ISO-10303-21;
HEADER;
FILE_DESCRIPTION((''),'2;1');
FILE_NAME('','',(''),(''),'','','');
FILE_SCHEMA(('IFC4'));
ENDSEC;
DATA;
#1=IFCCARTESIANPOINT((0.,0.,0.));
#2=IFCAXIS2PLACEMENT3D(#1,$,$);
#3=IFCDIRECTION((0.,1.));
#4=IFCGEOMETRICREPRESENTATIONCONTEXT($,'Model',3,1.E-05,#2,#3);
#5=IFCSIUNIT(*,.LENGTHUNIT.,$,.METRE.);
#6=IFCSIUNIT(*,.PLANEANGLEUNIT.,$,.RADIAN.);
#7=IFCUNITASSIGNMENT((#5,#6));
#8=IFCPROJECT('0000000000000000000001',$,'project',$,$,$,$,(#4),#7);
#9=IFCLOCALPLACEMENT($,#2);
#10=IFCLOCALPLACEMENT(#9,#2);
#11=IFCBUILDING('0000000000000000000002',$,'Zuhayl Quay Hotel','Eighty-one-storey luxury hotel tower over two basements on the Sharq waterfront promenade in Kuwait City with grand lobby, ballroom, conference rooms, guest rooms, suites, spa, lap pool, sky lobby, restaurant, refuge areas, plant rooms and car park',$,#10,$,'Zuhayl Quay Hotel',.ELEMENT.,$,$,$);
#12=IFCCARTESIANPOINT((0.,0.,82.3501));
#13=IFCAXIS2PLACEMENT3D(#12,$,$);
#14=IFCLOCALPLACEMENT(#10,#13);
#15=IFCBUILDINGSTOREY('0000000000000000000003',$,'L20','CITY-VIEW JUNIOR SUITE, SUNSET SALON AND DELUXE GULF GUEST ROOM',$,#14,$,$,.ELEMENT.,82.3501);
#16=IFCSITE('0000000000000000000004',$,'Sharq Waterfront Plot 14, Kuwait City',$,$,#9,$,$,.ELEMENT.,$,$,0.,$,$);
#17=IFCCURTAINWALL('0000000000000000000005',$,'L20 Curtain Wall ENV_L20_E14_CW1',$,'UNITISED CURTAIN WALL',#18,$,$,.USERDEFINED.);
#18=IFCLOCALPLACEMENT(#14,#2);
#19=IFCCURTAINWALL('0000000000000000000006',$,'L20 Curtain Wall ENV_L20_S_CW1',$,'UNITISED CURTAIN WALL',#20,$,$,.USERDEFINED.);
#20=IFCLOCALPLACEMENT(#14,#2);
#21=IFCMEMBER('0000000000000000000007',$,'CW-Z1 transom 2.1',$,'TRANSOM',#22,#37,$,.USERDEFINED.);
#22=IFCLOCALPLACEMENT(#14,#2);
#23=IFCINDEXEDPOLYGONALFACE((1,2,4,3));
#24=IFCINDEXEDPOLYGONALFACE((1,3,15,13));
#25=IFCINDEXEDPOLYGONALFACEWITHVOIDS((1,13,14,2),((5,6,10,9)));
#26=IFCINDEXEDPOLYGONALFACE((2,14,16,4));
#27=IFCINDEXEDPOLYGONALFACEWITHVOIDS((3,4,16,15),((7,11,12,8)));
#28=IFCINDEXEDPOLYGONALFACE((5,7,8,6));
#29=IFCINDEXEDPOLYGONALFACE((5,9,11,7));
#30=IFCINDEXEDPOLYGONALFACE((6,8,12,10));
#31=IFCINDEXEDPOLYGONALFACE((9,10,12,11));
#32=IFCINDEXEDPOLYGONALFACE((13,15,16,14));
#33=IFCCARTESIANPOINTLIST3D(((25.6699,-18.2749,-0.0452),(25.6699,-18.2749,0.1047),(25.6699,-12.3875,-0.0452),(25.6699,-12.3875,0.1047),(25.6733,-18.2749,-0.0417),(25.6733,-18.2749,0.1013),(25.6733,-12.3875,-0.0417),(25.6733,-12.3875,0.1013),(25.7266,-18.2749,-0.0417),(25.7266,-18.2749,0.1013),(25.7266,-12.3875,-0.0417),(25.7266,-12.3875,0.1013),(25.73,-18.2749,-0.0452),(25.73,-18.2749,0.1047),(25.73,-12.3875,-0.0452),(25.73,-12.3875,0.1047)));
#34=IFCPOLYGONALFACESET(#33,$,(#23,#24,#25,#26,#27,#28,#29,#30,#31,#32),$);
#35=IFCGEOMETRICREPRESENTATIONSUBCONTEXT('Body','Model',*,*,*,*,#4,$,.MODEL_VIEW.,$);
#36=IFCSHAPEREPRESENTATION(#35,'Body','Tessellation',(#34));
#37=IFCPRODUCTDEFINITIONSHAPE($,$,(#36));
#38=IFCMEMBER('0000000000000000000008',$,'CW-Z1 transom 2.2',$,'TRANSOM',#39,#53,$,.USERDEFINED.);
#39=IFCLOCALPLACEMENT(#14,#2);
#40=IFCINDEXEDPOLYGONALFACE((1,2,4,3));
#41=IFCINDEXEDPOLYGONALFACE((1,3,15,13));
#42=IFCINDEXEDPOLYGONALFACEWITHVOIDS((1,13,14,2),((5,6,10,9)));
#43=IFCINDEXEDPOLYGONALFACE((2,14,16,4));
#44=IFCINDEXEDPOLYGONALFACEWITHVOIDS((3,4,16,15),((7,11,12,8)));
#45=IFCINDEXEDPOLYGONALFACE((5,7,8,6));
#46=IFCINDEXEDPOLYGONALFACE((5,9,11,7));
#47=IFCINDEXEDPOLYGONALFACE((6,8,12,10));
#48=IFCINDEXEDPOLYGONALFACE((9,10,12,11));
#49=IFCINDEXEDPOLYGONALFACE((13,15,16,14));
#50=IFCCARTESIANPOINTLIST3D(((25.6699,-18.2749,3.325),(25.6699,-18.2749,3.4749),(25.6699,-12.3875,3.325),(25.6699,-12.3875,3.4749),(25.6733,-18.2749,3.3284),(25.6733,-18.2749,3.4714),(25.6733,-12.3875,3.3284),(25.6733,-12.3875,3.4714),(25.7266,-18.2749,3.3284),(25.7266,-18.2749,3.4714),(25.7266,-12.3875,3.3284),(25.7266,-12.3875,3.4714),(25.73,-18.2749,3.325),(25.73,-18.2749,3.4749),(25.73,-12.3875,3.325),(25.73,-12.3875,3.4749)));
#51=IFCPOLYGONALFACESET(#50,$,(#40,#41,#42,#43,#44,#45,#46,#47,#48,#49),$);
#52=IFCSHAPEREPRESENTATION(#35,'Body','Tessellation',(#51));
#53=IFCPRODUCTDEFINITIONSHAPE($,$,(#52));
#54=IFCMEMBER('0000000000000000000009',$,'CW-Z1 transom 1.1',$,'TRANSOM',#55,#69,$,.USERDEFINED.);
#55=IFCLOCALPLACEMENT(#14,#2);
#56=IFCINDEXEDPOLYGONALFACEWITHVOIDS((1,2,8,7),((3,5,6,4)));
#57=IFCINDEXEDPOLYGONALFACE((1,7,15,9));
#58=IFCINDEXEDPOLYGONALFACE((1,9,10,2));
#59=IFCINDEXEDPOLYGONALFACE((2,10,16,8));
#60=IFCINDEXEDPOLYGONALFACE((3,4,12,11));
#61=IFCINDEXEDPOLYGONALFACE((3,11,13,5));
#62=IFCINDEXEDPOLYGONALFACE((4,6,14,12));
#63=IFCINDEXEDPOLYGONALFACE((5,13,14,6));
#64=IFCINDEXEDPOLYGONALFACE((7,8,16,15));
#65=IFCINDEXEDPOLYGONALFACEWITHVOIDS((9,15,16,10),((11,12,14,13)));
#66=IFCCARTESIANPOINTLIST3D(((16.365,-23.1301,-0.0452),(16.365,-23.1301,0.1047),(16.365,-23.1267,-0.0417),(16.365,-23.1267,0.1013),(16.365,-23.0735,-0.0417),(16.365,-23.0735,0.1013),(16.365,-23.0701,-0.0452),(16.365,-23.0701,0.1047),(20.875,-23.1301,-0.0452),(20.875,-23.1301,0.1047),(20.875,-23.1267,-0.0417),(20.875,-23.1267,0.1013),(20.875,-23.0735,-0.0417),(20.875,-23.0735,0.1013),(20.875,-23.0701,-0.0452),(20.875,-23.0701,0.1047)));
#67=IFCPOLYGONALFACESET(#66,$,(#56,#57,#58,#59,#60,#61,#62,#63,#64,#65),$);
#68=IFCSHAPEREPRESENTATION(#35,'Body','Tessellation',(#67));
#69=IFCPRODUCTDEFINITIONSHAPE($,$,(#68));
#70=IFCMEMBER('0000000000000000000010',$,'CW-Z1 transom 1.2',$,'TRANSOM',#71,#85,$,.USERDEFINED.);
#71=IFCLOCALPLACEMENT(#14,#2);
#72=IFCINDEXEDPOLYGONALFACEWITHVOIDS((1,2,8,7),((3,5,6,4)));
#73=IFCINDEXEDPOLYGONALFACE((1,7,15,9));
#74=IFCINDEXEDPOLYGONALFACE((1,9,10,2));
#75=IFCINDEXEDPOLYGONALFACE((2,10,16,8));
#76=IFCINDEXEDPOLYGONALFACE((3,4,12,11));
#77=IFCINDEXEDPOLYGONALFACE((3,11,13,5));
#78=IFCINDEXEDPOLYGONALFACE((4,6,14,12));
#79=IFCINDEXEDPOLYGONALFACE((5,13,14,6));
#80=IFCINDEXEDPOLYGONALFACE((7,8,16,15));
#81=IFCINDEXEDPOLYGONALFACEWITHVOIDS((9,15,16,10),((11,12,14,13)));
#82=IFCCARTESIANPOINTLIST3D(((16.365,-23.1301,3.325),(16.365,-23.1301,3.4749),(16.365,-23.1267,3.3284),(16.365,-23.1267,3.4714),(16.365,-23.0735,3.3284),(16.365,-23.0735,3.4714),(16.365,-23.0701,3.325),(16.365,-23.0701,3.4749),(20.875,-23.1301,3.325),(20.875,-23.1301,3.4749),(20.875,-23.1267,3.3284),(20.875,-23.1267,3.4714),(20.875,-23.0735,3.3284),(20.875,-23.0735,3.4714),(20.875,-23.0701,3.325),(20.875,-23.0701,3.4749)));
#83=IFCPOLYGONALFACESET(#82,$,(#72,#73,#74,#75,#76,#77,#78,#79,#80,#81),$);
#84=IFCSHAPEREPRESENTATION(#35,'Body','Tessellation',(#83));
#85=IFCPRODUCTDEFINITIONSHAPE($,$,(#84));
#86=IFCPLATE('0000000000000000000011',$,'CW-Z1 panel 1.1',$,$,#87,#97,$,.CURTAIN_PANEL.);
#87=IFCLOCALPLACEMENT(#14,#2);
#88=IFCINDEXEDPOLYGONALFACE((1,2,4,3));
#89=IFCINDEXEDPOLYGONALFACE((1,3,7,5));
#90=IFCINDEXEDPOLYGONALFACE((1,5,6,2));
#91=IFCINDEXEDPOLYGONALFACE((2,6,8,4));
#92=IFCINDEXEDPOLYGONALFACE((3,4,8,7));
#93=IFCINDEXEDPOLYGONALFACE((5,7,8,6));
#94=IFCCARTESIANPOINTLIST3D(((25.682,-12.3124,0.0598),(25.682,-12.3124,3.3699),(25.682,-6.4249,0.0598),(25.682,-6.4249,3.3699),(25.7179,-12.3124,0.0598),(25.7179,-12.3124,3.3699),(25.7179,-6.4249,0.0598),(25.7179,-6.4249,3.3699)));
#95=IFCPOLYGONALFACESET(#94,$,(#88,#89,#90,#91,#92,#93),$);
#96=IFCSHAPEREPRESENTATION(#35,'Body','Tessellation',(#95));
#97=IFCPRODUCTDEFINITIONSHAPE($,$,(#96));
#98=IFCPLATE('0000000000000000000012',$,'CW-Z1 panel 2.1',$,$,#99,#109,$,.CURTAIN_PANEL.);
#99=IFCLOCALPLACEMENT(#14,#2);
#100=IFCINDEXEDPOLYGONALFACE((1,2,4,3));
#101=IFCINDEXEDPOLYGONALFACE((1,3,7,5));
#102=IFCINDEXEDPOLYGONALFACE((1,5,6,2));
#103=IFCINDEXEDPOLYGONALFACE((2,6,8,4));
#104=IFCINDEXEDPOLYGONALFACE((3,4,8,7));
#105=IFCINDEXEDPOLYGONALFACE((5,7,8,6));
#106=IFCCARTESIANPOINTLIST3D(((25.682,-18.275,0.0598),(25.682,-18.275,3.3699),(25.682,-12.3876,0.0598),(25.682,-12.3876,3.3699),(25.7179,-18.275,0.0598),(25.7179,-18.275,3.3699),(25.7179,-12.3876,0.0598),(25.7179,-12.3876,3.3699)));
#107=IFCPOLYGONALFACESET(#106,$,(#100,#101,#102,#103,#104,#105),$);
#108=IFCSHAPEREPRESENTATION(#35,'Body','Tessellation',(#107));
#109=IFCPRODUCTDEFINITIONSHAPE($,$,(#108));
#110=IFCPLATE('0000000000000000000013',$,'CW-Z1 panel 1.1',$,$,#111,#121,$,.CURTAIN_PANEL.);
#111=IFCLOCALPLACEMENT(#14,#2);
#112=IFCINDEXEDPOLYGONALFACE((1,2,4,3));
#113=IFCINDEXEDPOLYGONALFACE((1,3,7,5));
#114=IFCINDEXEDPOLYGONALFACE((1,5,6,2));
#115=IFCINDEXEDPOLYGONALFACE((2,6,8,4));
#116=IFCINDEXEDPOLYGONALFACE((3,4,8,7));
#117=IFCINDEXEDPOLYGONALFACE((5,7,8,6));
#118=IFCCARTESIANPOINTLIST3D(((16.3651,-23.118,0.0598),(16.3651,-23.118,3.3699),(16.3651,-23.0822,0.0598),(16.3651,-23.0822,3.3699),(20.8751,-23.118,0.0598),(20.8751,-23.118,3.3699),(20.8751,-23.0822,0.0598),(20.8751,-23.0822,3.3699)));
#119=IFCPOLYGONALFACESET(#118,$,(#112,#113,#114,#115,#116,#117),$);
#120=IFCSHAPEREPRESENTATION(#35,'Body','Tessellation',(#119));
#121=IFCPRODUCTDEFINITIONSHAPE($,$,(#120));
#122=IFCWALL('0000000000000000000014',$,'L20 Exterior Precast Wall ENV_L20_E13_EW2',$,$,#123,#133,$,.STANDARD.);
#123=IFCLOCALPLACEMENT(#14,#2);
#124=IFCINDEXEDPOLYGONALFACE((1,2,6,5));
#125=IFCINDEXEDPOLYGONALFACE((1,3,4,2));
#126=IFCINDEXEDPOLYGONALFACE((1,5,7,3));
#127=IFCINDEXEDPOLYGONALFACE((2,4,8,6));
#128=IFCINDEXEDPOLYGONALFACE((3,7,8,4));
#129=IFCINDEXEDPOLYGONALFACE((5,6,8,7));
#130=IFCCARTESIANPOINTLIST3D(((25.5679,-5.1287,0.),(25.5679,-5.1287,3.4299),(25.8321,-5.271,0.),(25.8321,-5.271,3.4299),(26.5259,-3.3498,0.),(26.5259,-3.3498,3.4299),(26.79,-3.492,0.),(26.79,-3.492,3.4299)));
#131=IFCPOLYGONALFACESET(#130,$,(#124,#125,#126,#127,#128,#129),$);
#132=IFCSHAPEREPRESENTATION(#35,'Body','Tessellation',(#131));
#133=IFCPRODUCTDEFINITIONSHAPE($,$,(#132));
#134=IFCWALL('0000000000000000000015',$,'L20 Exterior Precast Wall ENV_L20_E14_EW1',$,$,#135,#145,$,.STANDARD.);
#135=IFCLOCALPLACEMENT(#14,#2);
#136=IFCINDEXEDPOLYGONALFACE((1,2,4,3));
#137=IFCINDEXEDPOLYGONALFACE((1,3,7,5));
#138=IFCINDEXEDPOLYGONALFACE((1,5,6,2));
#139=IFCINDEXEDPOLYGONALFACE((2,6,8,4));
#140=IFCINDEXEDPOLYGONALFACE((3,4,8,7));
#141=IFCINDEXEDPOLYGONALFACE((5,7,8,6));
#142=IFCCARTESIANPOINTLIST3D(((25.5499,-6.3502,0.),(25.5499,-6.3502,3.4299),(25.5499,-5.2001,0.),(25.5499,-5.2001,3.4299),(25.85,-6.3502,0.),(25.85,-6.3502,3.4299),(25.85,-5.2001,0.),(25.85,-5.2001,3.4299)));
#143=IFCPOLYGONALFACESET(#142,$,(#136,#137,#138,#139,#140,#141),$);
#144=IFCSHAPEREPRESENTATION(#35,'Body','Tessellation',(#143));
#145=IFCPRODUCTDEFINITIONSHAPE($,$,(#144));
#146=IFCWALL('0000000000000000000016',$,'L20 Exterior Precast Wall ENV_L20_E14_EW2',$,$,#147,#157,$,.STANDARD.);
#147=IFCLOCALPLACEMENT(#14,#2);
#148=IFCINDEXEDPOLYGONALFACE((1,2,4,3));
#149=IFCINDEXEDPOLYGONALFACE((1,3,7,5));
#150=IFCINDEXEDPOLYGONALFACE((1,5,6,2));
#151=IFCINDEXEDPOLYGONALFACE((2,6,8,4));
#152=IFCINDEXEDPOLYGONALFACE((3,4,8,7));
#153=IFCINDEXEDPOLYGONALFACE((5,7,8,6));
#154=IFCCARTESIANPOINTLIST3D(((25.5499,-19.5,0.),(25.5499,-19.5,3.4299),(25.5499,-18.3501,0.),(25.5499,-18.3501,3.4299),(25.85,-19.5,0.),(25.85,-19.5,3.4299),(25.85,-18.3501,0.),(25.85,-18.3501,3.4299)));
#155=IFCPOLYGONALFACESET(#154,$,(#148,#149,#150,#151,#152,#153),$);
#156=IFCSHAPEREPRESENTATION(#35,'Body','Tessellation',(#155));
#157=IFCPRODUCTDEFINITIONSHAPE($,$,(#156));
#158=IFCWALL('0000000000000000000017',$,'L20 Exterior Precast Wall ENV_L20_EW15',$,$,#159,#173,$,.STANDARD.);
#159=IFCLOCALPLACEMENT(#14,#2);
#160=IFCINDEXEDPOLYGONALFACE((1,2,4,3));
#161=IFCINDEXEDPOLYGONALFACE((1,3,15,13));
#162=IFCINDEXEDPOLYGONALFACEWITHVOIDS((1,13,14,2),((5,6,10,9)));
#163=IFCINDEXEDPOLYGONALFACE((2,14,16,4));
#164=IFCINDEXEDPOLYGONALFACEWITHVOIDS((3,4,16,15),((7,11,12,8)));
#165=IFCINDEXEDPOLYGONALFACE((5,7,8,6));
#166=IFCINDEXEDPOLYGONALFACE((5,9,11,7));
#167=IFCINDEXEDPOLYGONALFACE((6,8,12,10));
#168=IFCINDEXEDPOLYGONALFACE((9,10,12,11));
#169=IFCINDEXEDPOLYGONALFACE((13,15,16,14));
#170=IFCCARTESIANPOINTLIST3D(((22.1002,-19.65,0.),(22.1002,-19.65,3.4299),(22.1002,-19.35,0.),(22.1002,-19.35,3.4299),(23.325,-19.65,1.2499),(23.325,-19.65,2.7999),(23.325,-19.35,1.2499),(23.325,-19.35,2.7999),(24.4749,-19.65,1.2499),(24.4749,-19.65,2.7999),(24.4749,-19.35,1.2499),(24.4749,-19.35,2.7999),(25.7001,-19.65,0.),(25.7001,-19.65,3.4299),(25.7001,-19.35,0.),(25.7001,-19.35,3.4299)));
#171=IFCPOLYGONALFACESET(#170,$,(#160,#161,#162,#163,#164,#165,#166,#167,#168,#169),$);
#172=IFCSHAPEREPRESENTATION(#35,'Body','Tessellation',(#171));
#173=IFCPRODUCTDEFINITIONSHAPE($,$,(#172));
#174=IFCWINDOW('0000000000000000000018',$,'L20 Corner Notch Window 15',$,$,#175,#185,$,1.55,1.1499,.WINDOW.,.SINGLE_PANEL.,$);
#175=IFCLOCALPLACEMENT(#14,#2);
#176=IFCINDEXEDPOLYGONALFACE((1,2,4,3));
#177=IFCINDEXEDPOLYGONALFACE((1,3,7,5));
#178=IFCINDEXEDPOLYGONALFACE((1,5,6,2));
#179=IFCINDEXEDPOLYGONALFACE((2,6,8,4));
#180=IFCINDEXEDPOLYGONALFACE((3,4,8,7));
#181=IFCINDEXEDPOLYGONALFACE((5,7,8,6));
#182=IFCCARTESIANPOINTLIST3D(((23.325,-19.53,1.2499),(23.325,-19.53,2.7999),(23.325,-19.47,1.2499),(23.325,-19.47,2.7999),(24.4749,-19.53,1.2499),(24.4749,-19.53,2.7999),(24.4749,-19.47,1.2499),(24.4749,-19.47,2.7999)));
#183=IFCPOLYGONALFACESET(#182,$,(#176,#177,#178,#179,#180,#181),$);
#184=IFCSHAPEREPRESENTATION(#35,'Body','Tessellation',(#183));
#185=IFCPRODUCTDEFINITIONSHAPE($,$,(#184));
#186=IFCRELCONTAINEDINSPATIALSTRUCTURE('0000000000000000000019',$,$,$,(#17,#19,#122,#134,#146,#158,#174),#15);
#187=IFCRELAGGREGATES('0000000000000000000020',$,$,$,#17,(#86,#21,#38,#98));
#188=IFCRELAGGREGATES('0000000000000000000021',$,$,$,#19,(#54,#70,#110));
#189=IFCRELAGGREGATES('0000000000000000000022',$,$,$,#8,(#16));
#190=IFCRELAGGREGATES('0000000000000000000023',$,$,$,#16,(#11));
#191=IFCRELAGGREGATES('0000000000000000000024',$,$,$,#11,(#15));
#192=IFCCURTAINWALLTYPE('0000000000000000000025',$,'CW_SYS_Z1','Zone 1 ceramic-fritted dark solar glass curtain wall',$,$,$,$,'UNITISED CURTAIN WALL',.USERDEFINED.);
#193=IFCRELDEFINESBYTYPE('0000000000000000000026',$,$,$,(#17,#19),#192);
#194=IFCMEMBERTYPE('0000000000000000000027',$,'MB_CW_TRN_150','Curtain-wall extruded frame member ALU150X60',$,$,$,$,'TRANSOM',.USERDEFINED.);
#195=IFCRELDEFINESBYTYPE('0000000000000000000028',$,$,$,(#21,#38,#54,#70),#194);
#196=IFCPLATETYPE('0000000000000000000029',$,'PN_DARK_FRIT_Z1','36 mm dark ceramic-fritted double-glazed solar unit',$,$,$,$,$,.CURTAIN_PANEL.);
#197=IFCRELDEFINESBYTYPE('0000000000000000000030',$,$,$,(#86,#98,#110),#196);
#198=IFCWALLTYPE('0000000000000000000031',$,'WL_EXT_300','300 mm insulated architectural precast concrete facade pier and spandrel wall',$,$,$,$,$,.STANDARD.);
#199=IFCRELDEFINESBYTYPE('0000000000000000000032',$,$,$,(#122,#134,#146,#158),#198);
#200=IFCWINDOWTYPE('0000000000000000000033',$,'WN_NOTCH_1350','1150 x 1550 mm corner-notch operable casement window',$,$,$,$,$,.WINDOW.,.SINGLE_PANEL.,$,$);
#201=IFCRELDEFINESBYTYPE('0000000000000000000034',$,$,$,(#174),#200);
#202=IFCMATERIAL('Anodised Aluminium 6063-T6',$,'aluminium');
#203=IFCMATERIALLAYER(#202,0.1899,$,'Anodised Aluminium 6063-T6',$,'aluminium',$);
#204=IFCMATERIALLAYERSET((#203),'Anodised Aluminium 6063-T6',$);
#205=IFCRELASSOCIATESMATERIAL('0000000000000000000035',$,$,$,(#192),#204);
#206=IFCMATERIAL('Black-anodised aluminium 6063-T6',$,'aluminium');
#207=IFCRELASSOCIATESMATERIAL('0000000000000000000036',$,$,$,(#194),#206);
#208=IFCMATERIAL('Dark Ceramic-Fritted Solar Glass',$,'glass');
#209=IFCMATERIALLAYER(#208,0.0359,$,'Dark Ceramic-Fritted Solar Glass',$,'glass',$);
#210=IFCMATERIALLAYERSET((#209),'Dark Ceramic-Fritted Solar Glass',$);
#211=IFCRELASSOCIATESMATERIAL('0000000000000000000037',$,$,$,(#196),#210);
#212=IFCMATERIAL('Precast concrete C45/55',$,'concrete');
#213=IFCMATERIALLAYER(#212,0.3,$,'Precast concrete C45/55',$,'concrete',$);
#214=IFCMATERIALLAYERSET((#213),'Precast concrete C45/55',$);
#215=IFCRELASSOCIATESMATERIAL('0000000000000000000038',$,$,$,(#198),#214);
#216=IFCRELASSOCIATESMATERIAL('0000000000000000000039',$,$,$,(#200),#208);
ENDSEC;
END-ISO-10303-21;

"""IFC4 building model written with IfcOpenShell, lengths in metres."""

from ifc_helpers import new_model, si_unit, direction, frame, frame_2d, origin, origin_2d, place, context, subcontext, project, spatial, rectangle, hollow_rectangle, extrude, material, layer, layer_set, material_profile, profile_set, type_object, element, fill, aggregate, save


model = new_model("IFC4")

# Units and contexts
model_context = context("Model", 3, precision=1e-05, world=origin(), true_north=direction((0.0, 1.0)))
body_context = subcontext(model_context, "Body", "Model", "MODEL_VIEW")
ifc_project = project(units=[si_unit("LENGTHUNIT", "METRE"), si_unit("PLANEANGLEUNIT", "RADIAN")], contexts=[model_context])

# Site, building, storey
site_placement = place(None, origin())
site = spatial("IfcSite", under=ifc_project, at=site_placement, Name="Sharq Waterfront Plot 14, Kuwait City", CompositionType="ELEMENT", RefElevation=0.0)
building_placement = place(site_placement, origin())
building = spatial("IfcBuilding", under=site, at=building_placement, Name="Zuhayl Quay Hotel", Description="Eighty-one-storey luxury hotel tower over two basements on the Sharq waterfront promenade in Kuwait City with grand lobby, ballroom, conference rooms, guest rooms, suites, spa, lap pool, sky lobby, restaurant, refuge areas, plant rooms and car park", LongName="Zuhayl Quay Hotel", CompositionType="ELEMENT")
storey_placement = place(building_placement, frame((0.0, 0.0, 82.3501)))
storey = spatial("IfcBuildingStorey", under=building, at=storey_placement, Name="L20", Description="CITY-VIEW JUNIOR SUITE, SUNSET SALON AND DELUXE GULF GUEST ROOM", CompositionType="ELEMENT", Elevation=82.3501)

# Shared definitions
ifc_material_1 = material(Name="Anodised Aluminium 6063-T6", Category="aluminium")
ifc_layer_1 = layer(ifc_material_1, 0.1899, Name="Anodised Aluminium 6063-T6", Category="aluminium")
ifc_layer_set_1 = layer_set([ifc_layer_1], Name="Anodised Aluminium 6063-T6")
curtain_wall_type = type_object("IfcCurtainWallType", Name="CW_SYS_Z1", Description="Zone 1 ceramic-fritted dark solar glass curtain wall", ElementType="UNITISED CURTAIN WALL", PredefinedType="USERDEFINED", material=ifc_layer_set_1)
ifc_material_2 = material(Name="Black-anodised aluminium 6063-T6", Category="aluminium")

# Curtain walls
curtain_wall_1_placement = place(storey_placement, origin())
curtain_wall_1 = element("IfcCurtainWall", 1, at=curtain_wall_1_placement, inside=storey, type_object=curtain_wall_type, Name="L20 Curtain Wall ENV_L20_E14_CW1", ObjectType="UNITISED CURTAIN WALL", PredefinedType="USERDEFINED")
curtain_wall_2_placement = place(storey_placement, origin())
curtain_wall_2 = element("IfcCurtainWall", 2, at=curtain_wall_2_placement, inside=storey, type_object=curtain_wall_type, Name="L20 Curtain Wall ENV_L20_S_CW1", ObjectType="UNITISED CURTAIN WALL", PredefinedType="USERDEFINED")

# Members
ifc_material_profile_1 = material_profile(ifc_material_2, hollow_rectangle(XDim=0.0601, YDim=0.1499, WallThickness=0.0034, at=origin_2d()), Name="ALU150X60")
ifc_profile_set_1 = profile_set([ifc_material_profile_1], Name="Black-anodised aluminium 6063-T6")
member_type_1 = type_object("IfcMemberType", Name="MB_CW_TRN_150", Description="Curtain-wall extruded frame member ALU150X60", ElementType="TRANSOM", PredefinedType="USERDEFINED", material=ifc_profile_set_1)
member_1_placement = place(storey_placement, frame((25.7, -12.3875, 0.0298), z_axis=(0.0, -1.0, 0.0), x_axis=(1.0, 0.0, 0.0)))
member_1 = element("IfcMember", 3, at=member_1_placement, type_object=member_type_1, Name="CW-Z1 transom 2.1", ObjectType="TRANSOM", PredefinedType="USERDEFINED", context=body_context, shape_type="SweptSolid", body=[
    extrude(hollow_rectangle(XDim=0.0601, YDim=0.1499, WallThickness=0.0034, at=origin_2d()), origin(), (0.0, 0.0, 1.0), 5.8875),
])
member_2_placement = place(storey_placement, frame((25.7, -12.3875, 3.3999), z_axis=(0.0, -1.0, 0.0), x_axis=(1.0, 0.0, 0.0)))
member_2 = element("IfcMember", 4, at=member_2_placement, type_object=member_type_1, Name="CW-Z1 transom 2.2", ObjectType="TRANSOM", PredefinedType="USERDEFINED", context=body_context, shape_type="SweptSolid", body=[
    extrude(hollow_rectangle(XDim=0.0601, YDim=0.1499, WallThickness=0.0034, at=origin_2d()), origin(), (0.0, 0.0, 1.0), 5.8875),
])
member_3_placement = place(storey_placement, frame((20.875, -23.1001, 0.0298), z_axis=(-1.0, 0.0, 0.0), x_axis=(0.0, -1.0, 0.0)))
member_3 = element("IfcMember", 5, at=member_3_placement, type_object=member_type_1, Name="CW-Z1 transom 1.1", ObjectType="TRANSOM", PredefinedType="USERDEFINED", context=body_context, shape_type="SweptSolid", body=[
    extrude(hollow_rectangle(XDim=0.0601, YDim=0.1499, WallThickness=0.0034, at=origin_2d()), origin(), (0.0, 0.0, 1.0), 4.51),
])
member_4_placement = place(storey_placement, frame((20.875, -23.1001, 3.3999), z_axis=(-1.0, 0.0, 0.0), x_axis=(0.0, -1.0, 0.0)))
member_4 = element("IfcMember", 6, at=member_4_placement, type_object=member_type_1, Name="CW-Z1 transom 1.2", ObjectType="TRANSOM", PredefinedType="USERDEFINED", context=body_context, shape_type="SweptSolid", body=[
    extrude(hollow_rectangle(XDim=0.0601, YDim=0.1499, WallThickness=0.0034, at=origin_2d()), origin(), (0.0, 0.0, 1.0), 4.51),
])

# Plates
ifc_material_3 = material(Name="Dark Ceramic-Fritted Solar Glass", Category="glass")
ifc_layer_2 = layer(ifc_material_3, 0.0359, Name="Dark Ceramic-Fritted Solar Glass", Category="glass")
ifc_layer_set_2 = layer_set([ifc_layer_2], Name="Dark Ceramic-Fritted Solar Glass")
plate_type = type_object("IfcPlateType", Name="PN_DARK_FRIT_Z1", Description="36 mm dark ceramic-fritted double-glazed solar unit", PredefinedType="CURTAIN_PANEL", material=ifc_layer_set_2)
plate_1_placement = place(storey_placement, frame((25.7, -9.3687, 0.0598), z_axis=(0.0, 0.0, 1.0), x_axis=(0.0, -1.0, 0.0)))
plate_1 = element("IfcPlate", 7, at=plate_1_placement, type_object=plate_type, Name="CW-Z1 panel 1.1", PredefinedType="CURTAIN_PANEL", context=body_context, shape_type="SweptSolid", body=[
    extrude(rectangle(XDim=5.8875, YDim=0.0359, at=origin_2d()), origin(), (0.0, 0.0, 1.0), 3.3101),
])
plate_2_placement = place(storey_placement, frame((25.7, -15.3313, 0.0598), z_axis=(0.0, 0.0, 1.0), x_axis=(0.0, -1.0, 0.0)))
plate_2 = element("IfcPlate", 8, at=plate_2_placement, type_object=plate_type, Name="CW-Z1 panel 2.1", PredefinedType="CURTAIN_PANEL", context=body_context, shape_type="SweptSolid", body=[
    extrude(rectangle(XDim=5.8875, YDim=0.0359, at=origin_2d()), origin(), (0.0, 0.0, 1.0), 3.3101),
])
aggregate(curtain_wall_1, [plate_1, member_1, member_2, plate_2])
plate_3_placement = place(storey_placement, frame((18.6201, -23.1001, 0.0598), z_axis=(0.0, 0.0, 1.0), x_axis=(-1.0, 0.0, 0.0)))
plate_3 = element("IfcPlate", 9, at=plate_3_placement, type_object=plate_type, Name="CW-Z1 panel 1.1", PredefinedType="CURTAIN_PANEL", context=body_context, shape_type="SweptSolid", body=[
    extrude(rectangle(XDim=4.51, YDim=0.0359, at=origin_2d()), origin(), (0.0, 0.0, 1.0), 3.3101),
])
aggregate(curtain_wall_2, [member_3, member_4, plate_3])

# Walls
ifc_material_4 = material(Name="Precast concrete C45/55", Category="concrete")
ifc_layer_3 = layer(ifc_material_4, 0.3, Name="Precast concrete C45/55", Category="concrete")
ifc_layer_set_3 = layer_set([ifc_layer_3], Name="Precast concrete C45/55")
wall_type = type_object("IfcWallType", Name="WL_EXT_300", Description="300 mm insulated architectural precast concrete facade pier and spandrel wall", PredefinedType="STANDARD", material=ifc_layer_set_3)
wall_1_placement = place(storey_placement, frame((26.658, -3.4209, 0.0), z_axis=(0.0, 0.0, 1.0), x_axis=(-0.474121, -0.880459, 0.0)))
element("IfcWall", 10, at=wall_1_placement, inside=storey, type_object=wall_type, Name="L20 Exterior Precast Wall ENV_L20_E13_EW2", PredefinedType="STANDARD", context=body_context, shape_type="SweptSolid", body=[
    extrude(rectangle(XDim=2.0205, YDim=0.3, at=frame_2d((1.0103, 0.0))), origin(), (0.0, 0.0, 1.0), 3.4299),
])
wall_2_placement = place(storey_placement, frame((25.7, -5.2, 0.0), z_axis=(0.0, 0.0, 1.0), x_axis=(0.0, -1.0, 0.0)))
element("IfcWall", 11, at=wall_2_placement, inside=storey, type_object=wall_type, Name="L20 Exterior Precast Wall ENV_L20_E14_EW1", PredefinedType="STANDARD", context=body_context, shape_type="SweptSolid", body=[
    extrude(rectangle(XDim=1.1501, YDim=0.3, at=frame_2d((0.5752, 0.0))), origin(), (0.0, 0.0, 1.0), 3.4299),
])
wall_3_placement = place(storey_placement, frame((25.7, -18.3501, 0.0), z_axis=(0.0, 0.0, 1.0), x_axis=(0.0, -1.0, 0.0)))
element("IfcWall", 12, at=wall_3_placement, inside=storey, type_object=wall_type, Name="L20 Exterior Precast Wall ENV_L20_E14_EW2", PredefinedType="STANDARD", context=body_context, shape_type="SweptSolid", body=[
    extrude(rectangle(XDim=1.1499, YDim=0.3, at=frame_2d((0.575, 0.0))), origin(), (0.0, 0.0, 1.0), 3.4299),
])

# Wall, opening, window
wall_4_placement = place(storey_placement, frame((25.7, -19.5, 0.0), z_axis=(0.0, 0.0, 1.0), x_axis=(-1.0, 0.0, 0.0)))
wall_4 = element("IfcWall", 13, at=wall_4_placement, inside=storey, type_object=wall_type, Name="L20 Exterior Precast Wall ENV_L20_EW15", PredefinedType="STANDARD", context=body_context, shape_type="SweptSolid", body=[
    extrude(rectangle(XDim=3.5999, YDim=0.3, at=frame_2d((1.7998, 0.0))), origin(), (0.0, 0.0, 1.0), 3.4299),
])
opening_1_placement = place(wall_4_placement, frame((1.2251, 0.0, 1.25)))
opening_1 = element("IfcOpeningElement", 14, at=opening_1_placement, cuts=wall_4, PredefinedType="OPENING", context=body_context, shape_type="SweptSolid", body=[
    extrude(rectangle(XDim=1.1499, YDim=1.55, at=frame_2d((0.575, 0.7749))), frame((0.0, 0.1599, 0.0), z_axis=(0.0, -1.0, 0.0), x_axis=(1.0, 0.0, 0.0)), (0.0, 0.0, 1.0), 0.3201),
])
window_type = type_object("IfcWindowType", Name="WN_NOTCH_1350", Description="1150 x 1550 mm corner-notch operable casement window", PartitioningType="SINGLE_PANEL", PredefinedType="WINDOW", material=ifc_material_3)
window_placement = place(opening_1_placement, origin())
window = element("IfcWindow", 15, at=window_placement, inside=storey, type_object=window_type, Name="L20 Corner Notch Window 15", OverallHeight=1.55, OverallWidth=1.1499, PartitioningType="SINGLE_PANEL", PredefinedType="WINDOW", context=body_context, shape_type="SweptSolid", body=[
    extrude(rectangle(XDim=1.1499, YDim=1.55, at=frame_2d((0.575, 0.7749))), frame((0.0, 0.03, 0.0), z_axis=(0.0, -1.0, 0.0), x_axis=(1.0, 0.0, 0.0)), (0.0, 0.0, 1.0), 0.0601),
])
fill(opening_1, window)

save(model, "model.ifc")
